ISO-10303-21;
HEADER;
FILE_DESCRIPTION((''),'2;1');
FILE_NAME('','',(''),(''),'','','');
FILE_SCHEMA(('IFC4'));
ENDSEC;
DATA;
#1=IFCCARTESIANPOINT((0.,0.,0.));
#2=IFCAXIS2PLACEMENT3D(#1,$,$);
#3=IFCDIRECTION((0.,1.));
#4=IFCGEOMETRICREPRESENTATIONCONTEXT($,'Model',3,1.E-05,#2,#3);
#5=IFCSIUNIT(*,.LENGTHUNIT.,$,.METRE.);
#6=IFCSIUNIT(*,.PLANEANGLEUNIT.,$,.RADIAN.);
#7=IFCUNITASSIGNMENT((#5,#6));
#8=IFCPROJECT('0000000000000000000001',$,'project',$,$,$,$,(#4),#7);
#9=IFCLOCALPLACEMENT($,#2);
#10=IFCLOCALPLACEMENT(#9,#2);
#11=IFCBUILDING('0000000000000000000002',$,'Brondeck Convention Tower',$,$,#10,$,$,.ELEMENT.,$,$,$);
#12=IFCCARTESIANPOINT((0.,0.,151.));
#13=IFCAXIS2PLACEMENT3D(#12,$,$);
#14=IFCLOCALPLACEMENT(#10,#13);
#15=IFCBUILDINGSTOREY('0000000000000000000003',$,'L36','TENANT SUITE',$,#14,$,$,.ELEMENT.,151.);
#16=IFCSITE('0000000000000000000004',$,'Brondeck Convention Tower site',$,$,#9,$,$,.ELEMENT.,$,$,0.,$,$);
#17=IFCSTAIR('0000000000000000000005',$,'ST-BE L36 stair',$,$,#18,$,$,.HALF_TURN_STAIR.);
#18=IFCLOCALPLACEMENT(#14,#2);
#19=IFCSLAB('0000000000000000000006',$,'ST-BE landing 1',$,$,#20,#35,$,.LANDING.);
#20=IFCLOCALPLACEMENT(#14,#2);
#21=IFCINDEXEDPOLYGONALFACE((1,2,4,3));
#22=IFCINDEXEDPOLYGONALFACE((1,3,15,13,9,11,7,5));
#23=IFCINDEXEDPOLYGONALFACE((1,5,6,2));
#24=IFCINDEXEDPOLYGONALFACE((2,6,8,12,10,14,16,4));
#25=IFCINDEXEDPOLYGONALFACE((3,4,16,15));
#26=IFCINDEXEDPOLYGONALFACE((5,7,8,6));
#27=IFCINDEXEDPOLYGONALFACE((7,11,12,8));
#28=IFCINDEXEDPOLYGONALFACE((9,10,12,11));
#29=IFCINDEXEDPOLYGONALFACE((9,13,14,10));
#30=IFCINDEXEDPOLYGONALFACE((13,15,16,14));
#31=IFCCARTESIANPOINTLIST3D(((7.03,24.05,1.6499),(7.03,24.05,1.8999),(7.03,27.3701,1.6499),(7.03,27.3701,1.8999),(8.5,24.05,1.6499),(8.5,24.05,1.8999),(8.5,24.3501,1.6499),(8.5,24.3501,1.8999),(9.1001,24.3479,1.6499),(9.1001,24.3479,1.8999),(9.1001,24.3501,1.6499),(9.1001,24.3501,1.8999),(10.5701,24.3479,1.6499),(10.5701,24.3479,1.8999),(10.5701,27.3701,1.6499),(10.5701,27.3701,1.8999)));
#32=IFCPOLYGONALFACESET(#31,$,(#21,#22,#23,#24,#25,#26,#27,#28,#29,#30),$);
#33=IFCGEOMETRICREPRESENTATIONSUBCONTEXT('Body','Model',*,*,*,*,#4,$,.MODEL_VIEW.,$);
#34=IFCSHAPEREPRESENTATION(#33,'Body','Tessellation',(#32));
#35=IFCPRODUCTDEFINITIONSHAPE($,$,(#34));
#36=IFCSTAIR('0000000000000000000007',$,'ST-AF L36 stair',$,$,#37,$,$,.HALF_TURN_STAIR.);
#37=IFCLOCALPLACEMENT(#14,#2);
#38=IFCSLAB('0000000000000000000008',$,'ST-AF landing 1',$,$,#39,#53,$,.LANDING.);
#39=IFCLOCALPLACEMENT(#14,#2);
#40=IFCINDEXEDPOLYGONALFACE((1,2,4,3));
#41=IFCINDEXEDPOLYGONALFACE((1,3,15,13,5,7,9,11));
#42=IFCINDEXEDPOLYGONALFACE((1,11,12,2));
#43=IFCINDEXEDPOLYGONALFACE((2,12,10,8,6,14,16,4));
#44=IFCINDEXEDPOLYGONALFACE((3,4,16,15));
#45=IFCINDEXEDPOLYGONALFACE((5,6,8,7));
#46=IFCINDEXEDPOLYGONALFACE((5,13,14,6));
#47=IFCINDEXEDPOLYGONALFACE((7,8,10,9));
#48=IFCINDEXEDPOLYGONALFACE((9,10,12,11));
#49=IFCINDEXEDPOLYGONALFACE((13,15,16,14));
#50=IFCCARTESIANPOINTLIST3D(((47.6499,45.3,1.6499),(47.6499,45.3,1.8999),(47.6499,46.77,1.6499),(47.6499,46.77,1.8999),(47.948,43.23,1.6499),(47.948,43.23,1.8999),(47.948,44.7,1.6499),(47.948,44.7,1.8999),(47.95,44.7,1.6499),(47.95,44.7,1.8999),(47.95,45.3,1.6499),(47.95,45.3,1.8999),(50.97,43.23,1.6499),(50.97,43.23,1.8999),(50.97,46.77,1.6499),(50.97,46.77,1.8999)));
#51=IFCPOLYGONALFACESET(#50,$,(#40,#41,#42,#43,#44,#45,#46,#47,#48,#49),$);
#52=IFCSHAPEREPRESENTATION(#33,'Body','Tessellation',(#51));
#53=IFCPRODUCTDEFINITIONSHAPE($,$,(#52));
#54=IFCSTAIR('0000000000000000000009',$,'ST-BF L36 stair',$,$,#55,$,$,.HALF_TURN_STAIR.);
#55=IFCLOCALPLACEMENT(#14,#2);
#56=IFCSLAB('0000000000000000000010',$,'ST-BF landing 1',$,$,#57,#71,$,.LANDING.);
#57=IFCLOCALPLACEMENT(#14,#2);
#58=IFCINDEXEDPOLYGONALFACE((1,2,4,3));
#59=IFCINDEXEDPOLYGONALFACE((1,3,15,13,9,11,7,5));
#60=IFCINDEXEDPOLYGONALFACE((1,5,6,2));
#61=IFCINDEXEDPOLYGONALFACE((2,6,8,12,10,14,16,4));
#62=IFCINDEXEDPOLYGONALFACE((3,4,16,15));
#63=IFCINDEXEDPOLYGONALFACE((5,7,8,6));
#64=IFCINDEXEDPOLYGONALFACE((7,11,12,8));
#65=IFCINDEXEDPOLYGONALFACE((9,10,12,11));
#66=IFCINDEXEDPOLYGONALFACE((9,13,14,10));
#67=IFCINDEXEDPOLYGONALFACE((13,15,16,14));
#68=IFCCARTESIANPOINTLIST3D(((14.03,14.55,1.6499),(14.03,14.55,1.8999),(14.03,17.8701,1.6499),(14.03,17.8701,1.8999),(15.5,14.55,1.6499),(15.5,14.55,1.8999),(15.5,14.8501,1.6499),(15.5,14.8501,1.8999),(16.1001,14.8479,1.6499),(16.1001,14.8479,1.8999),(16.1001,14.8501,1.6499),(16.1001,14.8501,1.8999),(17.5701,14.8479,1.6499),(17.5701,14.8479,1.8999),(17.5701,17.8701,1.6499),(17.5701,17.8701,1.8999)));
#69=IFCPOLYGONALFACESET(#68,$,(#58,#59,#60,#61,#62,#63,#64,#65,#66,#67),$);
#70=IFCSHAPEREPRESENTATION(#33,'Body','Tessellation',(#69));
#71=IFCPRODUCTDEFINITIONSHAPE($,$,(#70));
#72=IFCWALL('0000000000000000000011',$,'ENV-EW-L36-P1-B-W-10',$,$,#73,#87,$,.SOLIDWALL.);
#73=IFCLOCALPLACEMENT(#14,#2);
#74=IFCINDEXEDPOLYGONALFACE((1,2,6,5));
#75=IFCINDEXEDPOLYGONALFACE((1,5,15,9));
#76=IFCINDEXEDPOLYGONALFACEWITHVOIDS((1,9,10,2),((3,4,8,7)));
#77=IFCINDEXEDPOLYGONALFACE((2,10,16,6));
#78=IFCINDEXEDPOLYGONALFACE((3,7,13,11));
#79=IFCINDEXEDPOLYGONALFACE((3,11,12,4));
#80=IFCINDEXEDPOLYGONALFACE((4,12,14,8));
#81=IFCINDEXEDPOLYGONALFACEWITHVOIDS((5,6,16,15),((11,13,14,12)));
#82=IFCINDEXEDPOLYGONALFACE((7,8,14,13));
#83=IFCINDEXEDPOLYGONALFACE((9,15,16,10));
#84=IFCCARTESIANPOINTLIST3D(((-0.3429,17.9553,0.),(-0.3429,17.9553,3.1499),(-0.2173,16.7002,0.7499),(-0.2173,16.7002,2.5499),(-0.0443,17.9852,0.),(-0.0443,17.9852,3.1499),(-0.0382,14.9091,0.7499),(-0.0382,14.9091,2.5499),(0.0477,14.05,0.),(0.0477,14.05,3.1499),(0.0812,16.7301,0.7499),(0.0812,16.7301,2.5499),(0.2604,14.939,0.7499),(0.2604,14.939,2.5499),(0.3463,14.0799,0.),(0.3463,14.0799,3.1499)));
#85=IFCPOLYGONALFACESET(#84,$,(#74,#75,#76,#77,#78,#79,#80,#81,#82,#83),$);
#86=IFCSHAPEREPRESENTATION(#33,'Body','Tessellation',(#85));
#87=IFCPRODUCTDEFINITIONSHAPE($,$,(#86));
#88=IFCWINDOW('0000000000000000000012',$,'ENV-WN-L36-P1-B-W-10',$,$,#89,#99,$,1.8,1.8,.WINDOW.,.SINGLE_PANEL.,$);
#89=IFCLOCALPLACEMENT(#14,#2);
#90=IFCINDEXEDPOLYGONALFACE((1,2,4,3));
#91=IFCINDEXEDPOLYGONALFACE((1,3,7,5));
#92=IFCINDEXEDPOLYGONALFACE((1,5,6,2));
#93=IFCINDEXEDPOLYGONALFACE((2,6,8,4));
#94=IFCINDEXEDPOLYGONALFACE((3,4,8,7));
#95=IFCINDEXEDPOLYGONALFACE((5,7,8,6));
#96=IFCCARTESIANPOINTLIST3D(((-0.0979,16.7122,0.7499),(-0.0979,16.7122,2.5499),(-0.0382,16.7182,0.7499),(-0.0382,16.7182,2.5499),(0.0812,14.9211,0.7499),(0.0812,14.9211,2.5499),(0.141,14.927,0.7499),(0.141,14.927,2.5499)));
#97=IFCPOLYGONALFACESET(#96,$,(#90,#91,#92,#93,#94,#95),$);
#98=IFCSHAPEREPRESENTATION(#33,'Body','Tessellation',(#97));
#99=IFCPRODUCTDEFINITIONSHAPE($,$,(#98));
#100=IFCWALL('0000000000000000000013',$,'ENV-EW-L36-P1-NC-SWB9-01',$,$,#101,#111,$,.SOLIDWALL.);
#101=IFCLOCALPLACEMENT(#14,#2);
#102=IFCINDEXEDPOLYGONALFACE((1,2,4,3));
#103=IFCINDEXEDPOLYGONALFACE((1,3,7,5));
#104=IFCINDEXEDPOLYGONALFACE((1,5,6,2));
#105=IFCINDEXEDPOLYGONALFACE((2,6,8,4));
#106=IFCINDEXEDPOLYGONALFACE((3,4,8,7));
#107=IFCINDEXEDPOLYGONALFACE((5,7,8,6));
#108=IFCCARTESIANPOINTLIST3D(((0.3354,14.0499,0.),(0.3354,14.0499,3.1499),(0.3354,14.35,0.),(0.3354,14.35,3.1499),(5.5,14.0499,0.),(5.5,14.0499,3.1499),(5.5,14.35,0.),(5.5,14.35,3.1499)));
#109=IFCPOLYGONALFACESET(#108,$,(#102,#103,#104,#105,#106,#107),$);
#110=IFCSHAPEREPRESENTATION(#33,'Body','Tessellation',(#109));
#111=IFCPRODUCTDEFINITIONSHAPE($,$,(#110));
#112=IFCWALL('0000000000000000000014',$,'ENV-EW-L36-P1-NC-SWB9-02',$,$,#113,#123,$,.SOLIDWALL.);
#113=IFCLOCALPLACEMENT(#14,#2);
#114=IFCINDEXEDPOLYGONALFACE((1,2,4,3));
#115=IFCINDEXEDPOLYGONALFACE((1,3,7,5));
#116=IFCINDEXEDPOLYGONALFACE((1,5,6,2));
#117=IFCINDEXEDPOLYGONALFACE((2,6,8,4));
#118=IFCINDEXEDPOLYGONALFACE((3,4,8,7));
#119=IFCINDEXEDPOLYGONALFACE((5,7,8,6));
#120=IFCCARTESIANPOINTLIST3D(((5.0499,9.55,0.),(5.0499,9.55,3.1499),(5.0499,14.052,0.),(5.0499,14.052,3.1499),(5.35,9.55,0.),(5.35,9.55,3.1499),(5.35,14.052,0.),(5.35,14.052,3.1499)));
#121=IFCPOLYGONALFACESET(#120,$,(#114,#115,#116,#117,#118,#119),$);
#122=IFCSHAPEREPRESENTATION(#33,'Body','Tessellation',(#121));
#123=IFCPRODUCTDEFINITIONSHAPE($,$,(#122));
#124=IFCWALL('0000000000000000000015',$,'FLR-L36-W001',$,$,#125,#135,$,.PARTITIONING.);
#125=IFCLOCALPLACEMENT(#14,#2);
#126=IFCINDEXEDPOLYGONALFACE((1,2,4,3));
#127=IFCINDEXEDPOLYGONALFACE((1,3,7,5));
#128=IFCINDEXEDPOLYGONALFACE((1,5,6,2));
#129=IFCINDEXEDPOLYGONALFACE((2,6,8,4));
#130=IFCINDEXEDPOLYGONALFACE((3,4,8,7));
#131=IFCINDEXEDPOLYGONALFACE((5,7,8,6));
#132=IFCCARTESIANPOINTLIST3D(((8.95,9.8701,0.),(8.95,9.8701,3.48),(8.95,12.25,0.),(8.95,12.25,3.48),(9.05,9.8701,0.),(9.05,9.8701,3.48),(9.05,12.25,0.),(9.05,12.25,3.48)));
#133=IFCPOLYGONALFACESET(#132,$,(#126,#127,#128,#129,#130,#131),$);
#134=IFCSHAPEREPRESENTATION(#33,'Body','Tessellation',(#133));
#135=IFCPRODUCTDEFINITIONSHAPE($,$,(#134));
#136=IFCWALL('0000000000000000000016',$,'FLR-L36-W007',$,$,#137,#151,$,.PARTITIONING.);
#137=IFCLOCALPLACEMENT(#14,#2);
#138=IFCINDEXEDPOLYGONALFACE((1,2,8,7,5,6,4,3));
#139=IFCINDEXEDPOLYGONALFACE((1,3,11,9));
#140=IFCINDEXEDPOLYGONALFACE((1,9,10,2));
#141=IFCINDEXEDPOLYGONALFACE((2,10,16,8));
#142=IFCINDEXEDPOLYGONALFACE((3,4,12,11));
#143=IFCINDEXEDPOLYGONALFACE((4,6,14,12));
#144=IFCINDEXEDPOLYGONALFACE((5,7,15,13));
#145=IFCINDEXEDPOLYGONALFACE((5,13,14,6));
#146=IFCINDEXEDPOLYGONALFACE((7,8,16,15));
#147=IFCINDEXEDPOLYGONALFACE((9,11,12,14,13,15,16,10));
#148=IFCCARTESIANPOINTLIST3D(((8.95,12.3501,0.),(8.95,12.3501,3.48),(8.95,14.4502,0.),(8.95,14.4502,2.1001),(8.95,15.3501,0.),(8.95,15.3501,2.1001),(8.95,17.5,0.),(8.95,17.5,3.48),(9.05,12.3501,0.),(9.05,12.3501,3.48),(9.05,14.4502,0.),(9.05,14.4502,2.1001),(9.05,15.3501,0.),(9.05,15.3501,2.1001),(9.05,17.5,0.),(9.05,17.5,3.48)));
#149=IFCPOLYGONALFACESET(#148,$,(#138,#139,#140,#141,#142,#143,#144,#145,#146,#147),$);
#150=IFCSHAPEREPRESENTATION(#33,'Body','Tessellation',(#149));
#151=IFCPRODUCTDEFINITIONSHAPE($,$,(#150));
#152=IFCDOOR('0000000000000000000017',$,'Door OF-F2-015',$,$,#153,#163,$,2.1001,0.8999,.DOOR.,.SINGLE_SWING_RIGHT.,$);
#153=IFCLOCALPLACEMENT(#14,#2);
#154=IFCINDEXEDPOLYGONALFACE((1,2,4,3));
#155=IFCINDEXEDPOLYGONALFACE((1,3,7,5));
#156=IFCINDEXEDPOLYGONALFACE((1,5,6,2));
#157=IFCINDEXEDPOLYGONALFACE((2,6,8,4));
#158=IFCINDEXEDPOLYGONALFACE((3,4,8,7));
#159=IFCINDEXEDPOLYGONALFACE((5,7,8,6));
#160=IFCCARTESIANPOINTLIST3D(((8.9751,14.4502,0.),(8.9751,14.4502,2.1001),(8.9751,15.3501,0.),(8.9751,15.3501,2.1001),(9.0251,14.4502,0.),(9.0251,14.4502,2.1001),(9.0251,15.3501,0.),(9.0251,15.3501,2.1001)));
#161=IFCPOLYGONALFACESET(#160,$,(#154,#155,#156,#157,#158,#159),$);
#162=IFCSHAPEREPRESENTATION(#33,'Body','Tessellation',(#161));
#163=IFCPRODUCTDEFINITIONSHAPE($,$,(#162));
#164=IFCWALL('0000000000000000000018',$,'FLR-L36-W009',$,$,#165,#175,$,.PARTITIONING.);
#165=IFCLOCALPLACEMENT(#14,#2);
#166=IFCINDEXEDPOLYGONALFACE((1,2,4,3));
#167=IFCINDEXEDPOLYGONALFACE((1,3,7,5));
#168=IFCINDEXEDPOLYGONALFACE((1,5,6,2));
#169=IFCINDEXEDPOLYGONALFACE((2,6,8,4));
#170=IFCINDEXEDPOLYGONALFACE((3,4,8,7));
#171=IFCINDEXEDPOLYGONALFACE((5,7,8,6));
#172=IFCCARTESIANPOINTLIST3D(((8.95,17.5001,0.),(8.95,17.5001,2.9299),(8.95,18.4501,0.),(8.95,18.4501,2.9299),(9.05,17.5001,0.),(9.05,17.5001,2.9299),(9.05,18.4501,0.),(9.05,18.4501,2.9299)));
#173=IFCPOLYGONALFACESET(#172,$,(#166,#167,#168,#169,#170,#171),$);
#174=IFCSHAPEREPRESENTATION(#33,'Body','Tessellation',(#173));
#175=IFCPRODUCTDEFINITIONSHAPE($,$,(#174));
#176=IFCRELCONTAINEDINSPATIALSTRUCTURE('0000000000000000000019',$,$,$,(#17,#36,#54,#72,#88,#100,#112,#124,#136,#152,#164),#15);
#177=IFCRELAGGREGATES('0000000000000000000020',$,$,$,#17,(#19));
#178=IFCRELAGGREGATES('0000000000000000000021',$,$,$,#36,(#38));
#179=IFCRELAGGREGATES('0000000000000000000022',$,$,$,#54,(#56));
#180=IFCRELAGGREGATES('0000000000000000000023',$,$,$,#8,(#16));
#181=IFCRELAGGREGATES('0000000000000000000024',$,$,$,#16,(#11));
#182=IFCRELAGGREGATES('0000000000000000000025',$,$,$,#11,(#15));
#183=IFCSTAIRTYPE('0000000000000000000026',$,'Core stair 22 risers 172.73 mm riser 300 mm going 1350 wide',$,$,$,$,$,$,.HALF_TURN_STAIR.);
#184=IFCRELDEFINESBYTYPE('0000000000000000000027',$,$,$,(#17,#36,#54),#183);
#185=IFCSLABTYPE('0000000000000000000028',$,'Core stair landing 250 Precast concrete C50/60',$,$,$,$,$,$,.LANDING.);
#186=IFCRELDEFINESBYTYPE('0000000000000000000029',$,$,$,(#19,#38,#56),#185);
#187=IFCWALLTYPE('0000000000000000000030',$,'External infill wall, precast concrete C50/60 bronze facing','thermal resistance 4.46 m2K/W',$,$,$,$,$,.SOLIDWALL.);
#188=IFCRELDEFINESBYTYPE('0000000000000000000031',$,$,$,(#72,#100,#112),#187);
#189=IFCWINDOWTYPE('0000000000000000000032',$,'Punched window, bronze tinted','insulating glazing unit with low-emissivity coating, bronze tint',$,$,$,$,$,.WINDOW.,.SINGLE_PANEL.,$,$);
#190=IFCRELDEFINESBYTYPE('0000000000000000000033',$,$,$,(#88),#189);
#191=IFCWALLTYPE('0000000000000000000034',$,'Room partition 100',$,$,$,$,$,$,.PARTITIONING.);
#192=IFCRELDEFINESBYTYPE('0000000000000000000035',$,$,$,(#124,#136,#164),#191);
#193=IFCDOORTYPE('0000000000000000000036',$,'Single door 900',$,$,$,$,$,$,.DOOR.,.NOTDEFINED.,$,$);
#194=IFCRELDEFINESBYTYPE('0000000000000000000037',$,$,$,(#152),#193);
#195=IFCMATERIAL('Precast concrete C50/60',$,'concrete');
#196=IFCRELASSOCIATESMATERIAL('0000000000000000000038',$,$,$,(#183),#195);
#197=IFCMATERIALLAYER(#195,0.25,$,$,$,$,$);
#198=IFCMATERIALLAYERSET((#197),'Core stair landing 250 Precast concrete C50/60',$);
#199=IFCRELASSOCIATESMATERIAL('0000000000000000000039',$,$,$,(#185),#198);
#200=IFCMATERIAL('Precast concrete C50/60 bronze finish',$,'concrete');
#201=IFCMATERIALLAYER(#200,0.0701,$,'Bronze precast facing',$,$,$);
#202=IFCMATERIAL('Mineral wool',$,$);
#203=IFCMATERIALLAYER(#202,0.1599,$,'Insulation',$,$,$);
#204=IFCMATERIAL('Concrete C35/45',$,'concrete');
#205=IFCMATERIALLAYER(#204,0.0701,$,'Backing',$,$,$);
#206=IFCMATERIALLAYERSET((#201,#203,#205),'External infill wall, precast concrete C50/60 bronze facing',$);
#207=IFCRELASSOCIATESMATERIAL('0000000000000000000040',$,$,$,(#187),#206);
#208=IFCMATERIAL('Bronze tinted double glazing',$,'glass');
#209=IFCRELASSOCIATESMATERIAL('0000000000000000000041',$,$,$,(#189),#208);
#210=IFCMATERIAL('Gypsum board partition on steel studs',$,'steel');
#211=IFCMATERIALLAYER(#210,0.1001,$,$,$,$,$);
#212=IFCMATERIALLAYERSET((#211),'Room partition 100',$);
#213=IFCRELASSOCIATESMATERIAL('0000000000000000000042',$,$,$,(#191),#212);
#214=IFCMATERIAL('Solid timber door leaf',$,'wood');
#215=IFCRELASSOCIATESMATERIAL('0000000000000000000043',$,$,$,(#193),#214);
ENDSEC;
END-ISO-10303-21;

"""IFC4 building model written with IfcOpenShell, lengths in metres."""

from ifc_helpers import new_model, si_unit, direction, frame, frame_2d, origin, place, context, subcontext, project, spatial, polyline, rectangle, outline, extrude, material, layer, layer_set, type_object, element, fill, aggregate, save


model = new_model("IFC4")

# Units and contexts
model_context = context("Model", 3, precision=1e-05, world=origin(), true_north=direction((0.0, 1.0)))
body_context = subcontext(model_context, "Body", "Model", "MODEL_VIEW")
ifc_project = project(units=[si_unit("LENGTHUNIT", "METRE"), si_unit("PLANEANGLEUNIT", "RADIAN")], contexts=[model_context])

# Site, building, storey
site_placement = place(None, origin())
site = spatial("IfcSite", under=ifc_project, at=site_placement, Name="Brondeck Convention Tower site", CompositionType="ELEMENT", RefElevation=0.0)
building_placement = place(site_placement, origin())
building = spatial("IfcBuilding", under=site, at=building_placement, Name="Brondeck Convention Tower", CompositionType="ELEMENT")
storey_placement = place(building_placement, frame((0.0, 0.0, 151.0)))
storey = spatial("IfcBuildingStorey", under=building, at=storey_placement, Name="L36", Description="TENANT SUITE", CompositionType="ELEMENT", Elevation=151.0)

# Shared definitions
ifc_material_1 = material(Name="Concrete C35/45", Category="concrete")

# Stairs, slabs
ifc_material_2 = material(Name="Precast concrete C50/60", Category="concrete")
stair_type = type_object("IfcStairType", Name="Core stair 22 risers 172.73 mm riser 300 mm going 1350 wide", PredefinedType="HALF_TURN_STAIR", material=ifc_material_2)
ifc_layer_1 = layer(ifc_material_2, 0.25)
ifc_layer_set_1 = layer_set([ifc_layer_1], Name="Core stair landing 250 Precast concrete C50/60")
slab_type_1 = type_object("IfcSlabType", Name="Core stair landing 250 Precast concrete C50/60", PredefinedType="LANDING", material=ifc_layer_set_1)
stair_1_placement = place(storey_placement, origin())
stair_1 = element("IfcStair", 1, at=stair_1_placement, inside=storey, type_object=stair_type, Name="ST-BE L36 stair", PredefinedType="HALF_TURN_STAIR")
slab_1_placement = place(storey_placement, frame((0.0, 0.0, 1.6499)))
slab_1 = element("IfcSlab", 2, at=slab_1_placement, type_object=slab_type_1, Name="ST-BE landing 1", PredefinedType="LANDING", context=body_context, shape_type="SweptSolid", body=[
    extrude(outline(polyline([(7.03, 24.05), (7.03, 27.3701), (10.5701, 27.3701), (10.5701, 24.3479), (9.1001, 24.3479), (9.1001, 24.3501), (8.5, 24.3501), (8.5, 24.05), (7.03, 24.05)])), origin(), (0.0, 0.0, 1.0), 0.25),
])
aggregate(stair_1, [slab_1])
stair_2_placement = place(storey_placement, origin())
stair_2 = element("IfcStair", 3, at=stair_2_placement, inside=storey, type_object=stair_type, Name="ST-AF L36 stair", PredefinedType="HALF_TURN_STAIR")
slab_2_placement = place(storey_placement, frame((0.0, 0.0, 1.6499)))
slab_2 = element("IfcSlab", 4, at=slab_2_placement, type_object=slab_type_1, Name="ST-AF landing 1", PredefinedType="LANDING", context=body_context, shape_type="SweptSolid", body=[
    extrude(outline(polyline([(47.948, 44.7), (47.95, 44.7), (47.95, 45.3), (47.6499, 45.3), (47.6499, 46.77), (50.97, 46.77), (50.97, 43.23), (47.948, 43.23), (47.948, 44.7)])), origin(), (0.0, 0.0, 1.0), 0.25),
])
aggregate(stair_2, [slab_2])
stair_3_placement = place(storey_placement, origin())
stair_3 = element("IfcStair", 5, at=stair_3_placement, inside=storey, type_object=stair_type, Name="ST-BF L36 stair", PredefinedType="HALF_TURN_STAIR")
slab_3_placement = place(storey_placement, frame((0.0, 0.0, 1.6499)))
slab_3 = element("IfcSlab", 6, at=slab_3_placement, type_object=slab_type_1, Name="ST-BF landing 1", PredefinedType="LANDING", context=body_context, shape_type="SweptSolid", body=[
    extrude(outline(polyline([(14.03, 14.55), (14.03, 17.8701), (17.5701, 17.8701), (17.5701, 14.8479), (16.1001, 14.8479), (16.1001, 14.8501), (15.5, 14.8501), (15.5, 14.55), (14.03, 14.55)])), origin(), (0.0, 0.0, 1.0), 0.25),
])
aggregate(stair_3, [slab_3])

# Wall, opening, window
ifc_material_3 = material(Name="Precast concrete C50/60 bronze finish", Category="concrete")
ifc_layer_2 = layer(ifc_material_3, 0.0701, Name="Bronze precast facing")
ifc_material_4 = material(Name="Mineral wool")
ifc_layer_3 = layer(ifc_material_4, 0.1599, Name="Insulation")
ifc_layer_4 = layer(ifc_material_1, 0.0701, Name="Backing")
ifc_layer_set_2 = layer_set([ifc_layer_2, ifc_layer_3, ifc_layer_4], Name="External infill wall, precast concrete C50/60 bronze facing")
wall_type_1 = type_object("IfcWallType", Name="External infill wall, precast concrete C50/60 bronze facing", Description="thermal resistance 4.46 m2K/W", PredefinedType="SOLIDWALL", material=ifc_layer_set_2)
wall_1_placement = place(storey_placement, frame((0.197, 14.0649, 0.0), z_axis=(0.0, 0.0, 1.0), x_axis=(-0.099528, 0.995035, 0.0)))
wall_1 = element("IfcWall", 7, at=wall_1_placement, inside=storey, type_object=wall_type_1, Name="ENV-EW-L36-P1-B-W-10", PredefinedType="SOLIDWALL", context=body_context, shape_type="SweptSolid", body=[
    extrude(rectangle(XDim=3.9248, YDim=0.3, at=frame_2d((1.9624, 0.0))), origin(), (0.0, 0.0, 1.0), 3.1499),
])
opening_1_placement = place(wall_1_placement, frame((0.8635, 0.0, 0.75)))
opening_1 = element("IfcOpeningElement", 8, at=opening_1_placement, cuts=wall_1, PredefinedType="OPENING", context=body_context, shape_type="SweptSolid", body=[
    extrude(rectangle(XDim=1.8, YDim=1.8, at=frame_2d((0.8999, 0.8999))), frame((0.0, 0.1599, 0.0), z_axis=(0.0, -1.0, 0.0), x_axis=(1.0, 0.0, 0.0)), (0.0, 0.0, 1.0), 0.3201),
])
ifc_material_5 = material(Name="Bronze tinted double glazing", Category="glass")
window_type = type_object("IfcWindowType", Name="Punched window, bronze tinted", Description="insulating glazing unit with low-emissivity coating, bronze tint", PartitioningType="SINGLE_PANEL", PredefinedType="WINDOW", material=ifc_material_5)
window_placement = place(opening_1_placement, origin())
window = element("IfcWindow", 9, at=window_placement, inside=storey, type_object=window_type, Name="ENV-WN-L36-P1-B-W-10", OverallHeight=1.8, OverallWidth=1.8, PartitioningType="SINGLE_PANEL", PredefinedType="WINDOW", context=body_context, shape_type="SweptSolid", body=[
    extrude(rectangle(XDim=1.8, YDim=1.8, at=frame_2d((0.8999, 0.8999))), frame((0.0, 0.03, 0.0), z_axis=(0.0, -1.0, 0.0), x_axis=(1.0, 0.0, 0.0)), (0.0, 0.0, 1.0), 0.0601),
])
fill(opening_1, window)

# Walls
wall_2_placement = place(storey_placement, frame((5.5, 14.2, 0.0), z_axis=(0.0, 0.0, 1.0), x_axis=(-1.0, 0.0, 0.0)))
element("IfcWall", 10, at=wall_2_placement, inside=storey, type_object=wall_type_1, Name="ENV-EW-L36-P1-NC-SWB9-01", PredefinedType="SOLIDWALL", context=body_context, shape_type="SweptSolid", body=[
    extrude(rectangle(XDim=5.1646, YDim=0.3, at=frame_2d((2.5823, 0.0))), origin(), (0.0, 0.0, 1.0), 3.1499),
])
wall_3_placement = place(storey_placement, frame((5.2, 9.55, 0.0), z_axis=(0.0, 0.0, 1.0), x_axis=(0.0, 1.0, 0.0)))
element("IfcWall", 11, at=wall_3_placement, inside=storey, type_object=wall_type_1, Name="ENV-EW-L36-P1-NC-SWB9-02", PredefinedType="SOLIDWALL", context=body_context, shape_type="SweptSolid", body=[
    extrude(rectangle(XDim=4.502, YDim=0.3, at=frame_2d((2.251, 0.0))), origin(), (0.0, 0.0, 1.0), 3.1499),
])
ifc_material_6 = material(Name="Gypsum board partition on steel studs", Category="steel")
ifc_layer_5 = layer(ifc_material_6, 0.1001)
ifc_layer_set_3 = layer_set([ifc_layer_5], Name="Room partition 100")
wall_type_2 = type_object("IfcWallType", Name="Room partition 100", PredefinedType="PARTITIONING", material=ifc_layer_set_3)
wall_4_placement = place(storey_placement, frame((9.0, 9.8701, 0.0), z_axis=(0.0, 0.0, 1.0), x_axis=(0.0, 1.0, 0.0)))
element("IfcWall", 12, at=wall_4_placement, inside=storey, type_object=wall_type_2, Name="FLR-L36-W001", PredefinedType="PARTITIONING", context=body_context, shape_type="SweptSolid", body=[
    extrude(rectangle(XDim=2.3799, YDim=0.1001, at=frame_2d((1.1899, 0.0))), origin(), (0.0, 0.0, 1.0), 3.48),
])

# Wall, opening, door
wall_5_placement = place(storey_placement, frame((9.0, 12.3501, 0.0), z_axis=(0.0, 0.0, 1.0), x_axis=(0.0, 1.0, 0.0)))
wall_5 = element("IfcWall", 13, at=wall_5_placement, inside=storey, type_object=wall_type_2, Name="FLR-L36-W007", PredefinedType="PARTITIONING", context=body_context, shape_type="SweptSolid", body=[
    extrude(rectangle(XDim=5.1499, YDim=0.1001, at=frame_2d((2.575, 0.0))), origin(), (0.0, 0.0, 1.0), 3.48),
])
opening_2_placement = place(wall_5_placement, frame((2.1001, 0.0, 0.0)))
opening_2 = element("IfcOpeningElement", 14, at=opening_2_placement, cuts=wall_5, PredefinedType="OPENING", context=body_context, shape_type="SweptSolid", body=[
    extrude(rectangle(XDim=0.8999, YDim=2.1001, at=frame_2d((0.45, 1.05))), frame((0.0, 0.0601, 0.0), z_axis=(0.0, -1.0, 0.0), x_axis=(1.0, 0.0, 0.0)), (0.0, 0.0, 1.0), 0.1201),
])
ifc_material_7 = material(Name="Solid timber door leaf", Category="wood")
door_type = type_object("IfcDoorType", Name="Single door 900", OperationType="NOTDEFINED", PredefinedType="DOOR", material=ifc_material_7)
door_placement = place(opening_2_placement, origin())
door = element("IfcDoor", 15, at=door_placement, inside=storey, type_object=door_type, Name="Door OF-F2-015", OperationType="SINGLE_SWING_RIGHT", OverallHeight=2.1001, OverallWidth=0.8999, PredefinedType="DOOR", context=body_context, shape_type="SweptSolid", body=[
    extrude(rectangle(XDim=0.8999, YDim=2.1001, at=frame_2d((0.45, 1.05))), frame((0.0, 0.0249, 0.0), z_axis=(0.0, -1.0, 0.0), x_axis=(1.0, 0.0, 0.0)), (0.0, 0.0, 1.0), 0.05),
])
fill(opening_2, door)

# Wall
wall_6_placement = place(storey_placement, frame((9.0, 17.5, 0.0), z_axis=(0.0, 0.0, 1.0), x_axis=(0.0, 1.0, 0.0)))
element("IfcWall", 16, at=wall_6_placement, inside=storey, type_object=wall_type_2, Name="FLR-L36-W009", PredefinedType="PARTITIONING", context=body_context, shape_type="SweptSolid", body=[
    extrude(rectangle(XDim=0.95, YDim=0.1001, at=frame_2d((0.4751, 0.0))), origin(), (0.0, 0.0, 1.0), 2.9299),
])

save(model, "model.ifc")
